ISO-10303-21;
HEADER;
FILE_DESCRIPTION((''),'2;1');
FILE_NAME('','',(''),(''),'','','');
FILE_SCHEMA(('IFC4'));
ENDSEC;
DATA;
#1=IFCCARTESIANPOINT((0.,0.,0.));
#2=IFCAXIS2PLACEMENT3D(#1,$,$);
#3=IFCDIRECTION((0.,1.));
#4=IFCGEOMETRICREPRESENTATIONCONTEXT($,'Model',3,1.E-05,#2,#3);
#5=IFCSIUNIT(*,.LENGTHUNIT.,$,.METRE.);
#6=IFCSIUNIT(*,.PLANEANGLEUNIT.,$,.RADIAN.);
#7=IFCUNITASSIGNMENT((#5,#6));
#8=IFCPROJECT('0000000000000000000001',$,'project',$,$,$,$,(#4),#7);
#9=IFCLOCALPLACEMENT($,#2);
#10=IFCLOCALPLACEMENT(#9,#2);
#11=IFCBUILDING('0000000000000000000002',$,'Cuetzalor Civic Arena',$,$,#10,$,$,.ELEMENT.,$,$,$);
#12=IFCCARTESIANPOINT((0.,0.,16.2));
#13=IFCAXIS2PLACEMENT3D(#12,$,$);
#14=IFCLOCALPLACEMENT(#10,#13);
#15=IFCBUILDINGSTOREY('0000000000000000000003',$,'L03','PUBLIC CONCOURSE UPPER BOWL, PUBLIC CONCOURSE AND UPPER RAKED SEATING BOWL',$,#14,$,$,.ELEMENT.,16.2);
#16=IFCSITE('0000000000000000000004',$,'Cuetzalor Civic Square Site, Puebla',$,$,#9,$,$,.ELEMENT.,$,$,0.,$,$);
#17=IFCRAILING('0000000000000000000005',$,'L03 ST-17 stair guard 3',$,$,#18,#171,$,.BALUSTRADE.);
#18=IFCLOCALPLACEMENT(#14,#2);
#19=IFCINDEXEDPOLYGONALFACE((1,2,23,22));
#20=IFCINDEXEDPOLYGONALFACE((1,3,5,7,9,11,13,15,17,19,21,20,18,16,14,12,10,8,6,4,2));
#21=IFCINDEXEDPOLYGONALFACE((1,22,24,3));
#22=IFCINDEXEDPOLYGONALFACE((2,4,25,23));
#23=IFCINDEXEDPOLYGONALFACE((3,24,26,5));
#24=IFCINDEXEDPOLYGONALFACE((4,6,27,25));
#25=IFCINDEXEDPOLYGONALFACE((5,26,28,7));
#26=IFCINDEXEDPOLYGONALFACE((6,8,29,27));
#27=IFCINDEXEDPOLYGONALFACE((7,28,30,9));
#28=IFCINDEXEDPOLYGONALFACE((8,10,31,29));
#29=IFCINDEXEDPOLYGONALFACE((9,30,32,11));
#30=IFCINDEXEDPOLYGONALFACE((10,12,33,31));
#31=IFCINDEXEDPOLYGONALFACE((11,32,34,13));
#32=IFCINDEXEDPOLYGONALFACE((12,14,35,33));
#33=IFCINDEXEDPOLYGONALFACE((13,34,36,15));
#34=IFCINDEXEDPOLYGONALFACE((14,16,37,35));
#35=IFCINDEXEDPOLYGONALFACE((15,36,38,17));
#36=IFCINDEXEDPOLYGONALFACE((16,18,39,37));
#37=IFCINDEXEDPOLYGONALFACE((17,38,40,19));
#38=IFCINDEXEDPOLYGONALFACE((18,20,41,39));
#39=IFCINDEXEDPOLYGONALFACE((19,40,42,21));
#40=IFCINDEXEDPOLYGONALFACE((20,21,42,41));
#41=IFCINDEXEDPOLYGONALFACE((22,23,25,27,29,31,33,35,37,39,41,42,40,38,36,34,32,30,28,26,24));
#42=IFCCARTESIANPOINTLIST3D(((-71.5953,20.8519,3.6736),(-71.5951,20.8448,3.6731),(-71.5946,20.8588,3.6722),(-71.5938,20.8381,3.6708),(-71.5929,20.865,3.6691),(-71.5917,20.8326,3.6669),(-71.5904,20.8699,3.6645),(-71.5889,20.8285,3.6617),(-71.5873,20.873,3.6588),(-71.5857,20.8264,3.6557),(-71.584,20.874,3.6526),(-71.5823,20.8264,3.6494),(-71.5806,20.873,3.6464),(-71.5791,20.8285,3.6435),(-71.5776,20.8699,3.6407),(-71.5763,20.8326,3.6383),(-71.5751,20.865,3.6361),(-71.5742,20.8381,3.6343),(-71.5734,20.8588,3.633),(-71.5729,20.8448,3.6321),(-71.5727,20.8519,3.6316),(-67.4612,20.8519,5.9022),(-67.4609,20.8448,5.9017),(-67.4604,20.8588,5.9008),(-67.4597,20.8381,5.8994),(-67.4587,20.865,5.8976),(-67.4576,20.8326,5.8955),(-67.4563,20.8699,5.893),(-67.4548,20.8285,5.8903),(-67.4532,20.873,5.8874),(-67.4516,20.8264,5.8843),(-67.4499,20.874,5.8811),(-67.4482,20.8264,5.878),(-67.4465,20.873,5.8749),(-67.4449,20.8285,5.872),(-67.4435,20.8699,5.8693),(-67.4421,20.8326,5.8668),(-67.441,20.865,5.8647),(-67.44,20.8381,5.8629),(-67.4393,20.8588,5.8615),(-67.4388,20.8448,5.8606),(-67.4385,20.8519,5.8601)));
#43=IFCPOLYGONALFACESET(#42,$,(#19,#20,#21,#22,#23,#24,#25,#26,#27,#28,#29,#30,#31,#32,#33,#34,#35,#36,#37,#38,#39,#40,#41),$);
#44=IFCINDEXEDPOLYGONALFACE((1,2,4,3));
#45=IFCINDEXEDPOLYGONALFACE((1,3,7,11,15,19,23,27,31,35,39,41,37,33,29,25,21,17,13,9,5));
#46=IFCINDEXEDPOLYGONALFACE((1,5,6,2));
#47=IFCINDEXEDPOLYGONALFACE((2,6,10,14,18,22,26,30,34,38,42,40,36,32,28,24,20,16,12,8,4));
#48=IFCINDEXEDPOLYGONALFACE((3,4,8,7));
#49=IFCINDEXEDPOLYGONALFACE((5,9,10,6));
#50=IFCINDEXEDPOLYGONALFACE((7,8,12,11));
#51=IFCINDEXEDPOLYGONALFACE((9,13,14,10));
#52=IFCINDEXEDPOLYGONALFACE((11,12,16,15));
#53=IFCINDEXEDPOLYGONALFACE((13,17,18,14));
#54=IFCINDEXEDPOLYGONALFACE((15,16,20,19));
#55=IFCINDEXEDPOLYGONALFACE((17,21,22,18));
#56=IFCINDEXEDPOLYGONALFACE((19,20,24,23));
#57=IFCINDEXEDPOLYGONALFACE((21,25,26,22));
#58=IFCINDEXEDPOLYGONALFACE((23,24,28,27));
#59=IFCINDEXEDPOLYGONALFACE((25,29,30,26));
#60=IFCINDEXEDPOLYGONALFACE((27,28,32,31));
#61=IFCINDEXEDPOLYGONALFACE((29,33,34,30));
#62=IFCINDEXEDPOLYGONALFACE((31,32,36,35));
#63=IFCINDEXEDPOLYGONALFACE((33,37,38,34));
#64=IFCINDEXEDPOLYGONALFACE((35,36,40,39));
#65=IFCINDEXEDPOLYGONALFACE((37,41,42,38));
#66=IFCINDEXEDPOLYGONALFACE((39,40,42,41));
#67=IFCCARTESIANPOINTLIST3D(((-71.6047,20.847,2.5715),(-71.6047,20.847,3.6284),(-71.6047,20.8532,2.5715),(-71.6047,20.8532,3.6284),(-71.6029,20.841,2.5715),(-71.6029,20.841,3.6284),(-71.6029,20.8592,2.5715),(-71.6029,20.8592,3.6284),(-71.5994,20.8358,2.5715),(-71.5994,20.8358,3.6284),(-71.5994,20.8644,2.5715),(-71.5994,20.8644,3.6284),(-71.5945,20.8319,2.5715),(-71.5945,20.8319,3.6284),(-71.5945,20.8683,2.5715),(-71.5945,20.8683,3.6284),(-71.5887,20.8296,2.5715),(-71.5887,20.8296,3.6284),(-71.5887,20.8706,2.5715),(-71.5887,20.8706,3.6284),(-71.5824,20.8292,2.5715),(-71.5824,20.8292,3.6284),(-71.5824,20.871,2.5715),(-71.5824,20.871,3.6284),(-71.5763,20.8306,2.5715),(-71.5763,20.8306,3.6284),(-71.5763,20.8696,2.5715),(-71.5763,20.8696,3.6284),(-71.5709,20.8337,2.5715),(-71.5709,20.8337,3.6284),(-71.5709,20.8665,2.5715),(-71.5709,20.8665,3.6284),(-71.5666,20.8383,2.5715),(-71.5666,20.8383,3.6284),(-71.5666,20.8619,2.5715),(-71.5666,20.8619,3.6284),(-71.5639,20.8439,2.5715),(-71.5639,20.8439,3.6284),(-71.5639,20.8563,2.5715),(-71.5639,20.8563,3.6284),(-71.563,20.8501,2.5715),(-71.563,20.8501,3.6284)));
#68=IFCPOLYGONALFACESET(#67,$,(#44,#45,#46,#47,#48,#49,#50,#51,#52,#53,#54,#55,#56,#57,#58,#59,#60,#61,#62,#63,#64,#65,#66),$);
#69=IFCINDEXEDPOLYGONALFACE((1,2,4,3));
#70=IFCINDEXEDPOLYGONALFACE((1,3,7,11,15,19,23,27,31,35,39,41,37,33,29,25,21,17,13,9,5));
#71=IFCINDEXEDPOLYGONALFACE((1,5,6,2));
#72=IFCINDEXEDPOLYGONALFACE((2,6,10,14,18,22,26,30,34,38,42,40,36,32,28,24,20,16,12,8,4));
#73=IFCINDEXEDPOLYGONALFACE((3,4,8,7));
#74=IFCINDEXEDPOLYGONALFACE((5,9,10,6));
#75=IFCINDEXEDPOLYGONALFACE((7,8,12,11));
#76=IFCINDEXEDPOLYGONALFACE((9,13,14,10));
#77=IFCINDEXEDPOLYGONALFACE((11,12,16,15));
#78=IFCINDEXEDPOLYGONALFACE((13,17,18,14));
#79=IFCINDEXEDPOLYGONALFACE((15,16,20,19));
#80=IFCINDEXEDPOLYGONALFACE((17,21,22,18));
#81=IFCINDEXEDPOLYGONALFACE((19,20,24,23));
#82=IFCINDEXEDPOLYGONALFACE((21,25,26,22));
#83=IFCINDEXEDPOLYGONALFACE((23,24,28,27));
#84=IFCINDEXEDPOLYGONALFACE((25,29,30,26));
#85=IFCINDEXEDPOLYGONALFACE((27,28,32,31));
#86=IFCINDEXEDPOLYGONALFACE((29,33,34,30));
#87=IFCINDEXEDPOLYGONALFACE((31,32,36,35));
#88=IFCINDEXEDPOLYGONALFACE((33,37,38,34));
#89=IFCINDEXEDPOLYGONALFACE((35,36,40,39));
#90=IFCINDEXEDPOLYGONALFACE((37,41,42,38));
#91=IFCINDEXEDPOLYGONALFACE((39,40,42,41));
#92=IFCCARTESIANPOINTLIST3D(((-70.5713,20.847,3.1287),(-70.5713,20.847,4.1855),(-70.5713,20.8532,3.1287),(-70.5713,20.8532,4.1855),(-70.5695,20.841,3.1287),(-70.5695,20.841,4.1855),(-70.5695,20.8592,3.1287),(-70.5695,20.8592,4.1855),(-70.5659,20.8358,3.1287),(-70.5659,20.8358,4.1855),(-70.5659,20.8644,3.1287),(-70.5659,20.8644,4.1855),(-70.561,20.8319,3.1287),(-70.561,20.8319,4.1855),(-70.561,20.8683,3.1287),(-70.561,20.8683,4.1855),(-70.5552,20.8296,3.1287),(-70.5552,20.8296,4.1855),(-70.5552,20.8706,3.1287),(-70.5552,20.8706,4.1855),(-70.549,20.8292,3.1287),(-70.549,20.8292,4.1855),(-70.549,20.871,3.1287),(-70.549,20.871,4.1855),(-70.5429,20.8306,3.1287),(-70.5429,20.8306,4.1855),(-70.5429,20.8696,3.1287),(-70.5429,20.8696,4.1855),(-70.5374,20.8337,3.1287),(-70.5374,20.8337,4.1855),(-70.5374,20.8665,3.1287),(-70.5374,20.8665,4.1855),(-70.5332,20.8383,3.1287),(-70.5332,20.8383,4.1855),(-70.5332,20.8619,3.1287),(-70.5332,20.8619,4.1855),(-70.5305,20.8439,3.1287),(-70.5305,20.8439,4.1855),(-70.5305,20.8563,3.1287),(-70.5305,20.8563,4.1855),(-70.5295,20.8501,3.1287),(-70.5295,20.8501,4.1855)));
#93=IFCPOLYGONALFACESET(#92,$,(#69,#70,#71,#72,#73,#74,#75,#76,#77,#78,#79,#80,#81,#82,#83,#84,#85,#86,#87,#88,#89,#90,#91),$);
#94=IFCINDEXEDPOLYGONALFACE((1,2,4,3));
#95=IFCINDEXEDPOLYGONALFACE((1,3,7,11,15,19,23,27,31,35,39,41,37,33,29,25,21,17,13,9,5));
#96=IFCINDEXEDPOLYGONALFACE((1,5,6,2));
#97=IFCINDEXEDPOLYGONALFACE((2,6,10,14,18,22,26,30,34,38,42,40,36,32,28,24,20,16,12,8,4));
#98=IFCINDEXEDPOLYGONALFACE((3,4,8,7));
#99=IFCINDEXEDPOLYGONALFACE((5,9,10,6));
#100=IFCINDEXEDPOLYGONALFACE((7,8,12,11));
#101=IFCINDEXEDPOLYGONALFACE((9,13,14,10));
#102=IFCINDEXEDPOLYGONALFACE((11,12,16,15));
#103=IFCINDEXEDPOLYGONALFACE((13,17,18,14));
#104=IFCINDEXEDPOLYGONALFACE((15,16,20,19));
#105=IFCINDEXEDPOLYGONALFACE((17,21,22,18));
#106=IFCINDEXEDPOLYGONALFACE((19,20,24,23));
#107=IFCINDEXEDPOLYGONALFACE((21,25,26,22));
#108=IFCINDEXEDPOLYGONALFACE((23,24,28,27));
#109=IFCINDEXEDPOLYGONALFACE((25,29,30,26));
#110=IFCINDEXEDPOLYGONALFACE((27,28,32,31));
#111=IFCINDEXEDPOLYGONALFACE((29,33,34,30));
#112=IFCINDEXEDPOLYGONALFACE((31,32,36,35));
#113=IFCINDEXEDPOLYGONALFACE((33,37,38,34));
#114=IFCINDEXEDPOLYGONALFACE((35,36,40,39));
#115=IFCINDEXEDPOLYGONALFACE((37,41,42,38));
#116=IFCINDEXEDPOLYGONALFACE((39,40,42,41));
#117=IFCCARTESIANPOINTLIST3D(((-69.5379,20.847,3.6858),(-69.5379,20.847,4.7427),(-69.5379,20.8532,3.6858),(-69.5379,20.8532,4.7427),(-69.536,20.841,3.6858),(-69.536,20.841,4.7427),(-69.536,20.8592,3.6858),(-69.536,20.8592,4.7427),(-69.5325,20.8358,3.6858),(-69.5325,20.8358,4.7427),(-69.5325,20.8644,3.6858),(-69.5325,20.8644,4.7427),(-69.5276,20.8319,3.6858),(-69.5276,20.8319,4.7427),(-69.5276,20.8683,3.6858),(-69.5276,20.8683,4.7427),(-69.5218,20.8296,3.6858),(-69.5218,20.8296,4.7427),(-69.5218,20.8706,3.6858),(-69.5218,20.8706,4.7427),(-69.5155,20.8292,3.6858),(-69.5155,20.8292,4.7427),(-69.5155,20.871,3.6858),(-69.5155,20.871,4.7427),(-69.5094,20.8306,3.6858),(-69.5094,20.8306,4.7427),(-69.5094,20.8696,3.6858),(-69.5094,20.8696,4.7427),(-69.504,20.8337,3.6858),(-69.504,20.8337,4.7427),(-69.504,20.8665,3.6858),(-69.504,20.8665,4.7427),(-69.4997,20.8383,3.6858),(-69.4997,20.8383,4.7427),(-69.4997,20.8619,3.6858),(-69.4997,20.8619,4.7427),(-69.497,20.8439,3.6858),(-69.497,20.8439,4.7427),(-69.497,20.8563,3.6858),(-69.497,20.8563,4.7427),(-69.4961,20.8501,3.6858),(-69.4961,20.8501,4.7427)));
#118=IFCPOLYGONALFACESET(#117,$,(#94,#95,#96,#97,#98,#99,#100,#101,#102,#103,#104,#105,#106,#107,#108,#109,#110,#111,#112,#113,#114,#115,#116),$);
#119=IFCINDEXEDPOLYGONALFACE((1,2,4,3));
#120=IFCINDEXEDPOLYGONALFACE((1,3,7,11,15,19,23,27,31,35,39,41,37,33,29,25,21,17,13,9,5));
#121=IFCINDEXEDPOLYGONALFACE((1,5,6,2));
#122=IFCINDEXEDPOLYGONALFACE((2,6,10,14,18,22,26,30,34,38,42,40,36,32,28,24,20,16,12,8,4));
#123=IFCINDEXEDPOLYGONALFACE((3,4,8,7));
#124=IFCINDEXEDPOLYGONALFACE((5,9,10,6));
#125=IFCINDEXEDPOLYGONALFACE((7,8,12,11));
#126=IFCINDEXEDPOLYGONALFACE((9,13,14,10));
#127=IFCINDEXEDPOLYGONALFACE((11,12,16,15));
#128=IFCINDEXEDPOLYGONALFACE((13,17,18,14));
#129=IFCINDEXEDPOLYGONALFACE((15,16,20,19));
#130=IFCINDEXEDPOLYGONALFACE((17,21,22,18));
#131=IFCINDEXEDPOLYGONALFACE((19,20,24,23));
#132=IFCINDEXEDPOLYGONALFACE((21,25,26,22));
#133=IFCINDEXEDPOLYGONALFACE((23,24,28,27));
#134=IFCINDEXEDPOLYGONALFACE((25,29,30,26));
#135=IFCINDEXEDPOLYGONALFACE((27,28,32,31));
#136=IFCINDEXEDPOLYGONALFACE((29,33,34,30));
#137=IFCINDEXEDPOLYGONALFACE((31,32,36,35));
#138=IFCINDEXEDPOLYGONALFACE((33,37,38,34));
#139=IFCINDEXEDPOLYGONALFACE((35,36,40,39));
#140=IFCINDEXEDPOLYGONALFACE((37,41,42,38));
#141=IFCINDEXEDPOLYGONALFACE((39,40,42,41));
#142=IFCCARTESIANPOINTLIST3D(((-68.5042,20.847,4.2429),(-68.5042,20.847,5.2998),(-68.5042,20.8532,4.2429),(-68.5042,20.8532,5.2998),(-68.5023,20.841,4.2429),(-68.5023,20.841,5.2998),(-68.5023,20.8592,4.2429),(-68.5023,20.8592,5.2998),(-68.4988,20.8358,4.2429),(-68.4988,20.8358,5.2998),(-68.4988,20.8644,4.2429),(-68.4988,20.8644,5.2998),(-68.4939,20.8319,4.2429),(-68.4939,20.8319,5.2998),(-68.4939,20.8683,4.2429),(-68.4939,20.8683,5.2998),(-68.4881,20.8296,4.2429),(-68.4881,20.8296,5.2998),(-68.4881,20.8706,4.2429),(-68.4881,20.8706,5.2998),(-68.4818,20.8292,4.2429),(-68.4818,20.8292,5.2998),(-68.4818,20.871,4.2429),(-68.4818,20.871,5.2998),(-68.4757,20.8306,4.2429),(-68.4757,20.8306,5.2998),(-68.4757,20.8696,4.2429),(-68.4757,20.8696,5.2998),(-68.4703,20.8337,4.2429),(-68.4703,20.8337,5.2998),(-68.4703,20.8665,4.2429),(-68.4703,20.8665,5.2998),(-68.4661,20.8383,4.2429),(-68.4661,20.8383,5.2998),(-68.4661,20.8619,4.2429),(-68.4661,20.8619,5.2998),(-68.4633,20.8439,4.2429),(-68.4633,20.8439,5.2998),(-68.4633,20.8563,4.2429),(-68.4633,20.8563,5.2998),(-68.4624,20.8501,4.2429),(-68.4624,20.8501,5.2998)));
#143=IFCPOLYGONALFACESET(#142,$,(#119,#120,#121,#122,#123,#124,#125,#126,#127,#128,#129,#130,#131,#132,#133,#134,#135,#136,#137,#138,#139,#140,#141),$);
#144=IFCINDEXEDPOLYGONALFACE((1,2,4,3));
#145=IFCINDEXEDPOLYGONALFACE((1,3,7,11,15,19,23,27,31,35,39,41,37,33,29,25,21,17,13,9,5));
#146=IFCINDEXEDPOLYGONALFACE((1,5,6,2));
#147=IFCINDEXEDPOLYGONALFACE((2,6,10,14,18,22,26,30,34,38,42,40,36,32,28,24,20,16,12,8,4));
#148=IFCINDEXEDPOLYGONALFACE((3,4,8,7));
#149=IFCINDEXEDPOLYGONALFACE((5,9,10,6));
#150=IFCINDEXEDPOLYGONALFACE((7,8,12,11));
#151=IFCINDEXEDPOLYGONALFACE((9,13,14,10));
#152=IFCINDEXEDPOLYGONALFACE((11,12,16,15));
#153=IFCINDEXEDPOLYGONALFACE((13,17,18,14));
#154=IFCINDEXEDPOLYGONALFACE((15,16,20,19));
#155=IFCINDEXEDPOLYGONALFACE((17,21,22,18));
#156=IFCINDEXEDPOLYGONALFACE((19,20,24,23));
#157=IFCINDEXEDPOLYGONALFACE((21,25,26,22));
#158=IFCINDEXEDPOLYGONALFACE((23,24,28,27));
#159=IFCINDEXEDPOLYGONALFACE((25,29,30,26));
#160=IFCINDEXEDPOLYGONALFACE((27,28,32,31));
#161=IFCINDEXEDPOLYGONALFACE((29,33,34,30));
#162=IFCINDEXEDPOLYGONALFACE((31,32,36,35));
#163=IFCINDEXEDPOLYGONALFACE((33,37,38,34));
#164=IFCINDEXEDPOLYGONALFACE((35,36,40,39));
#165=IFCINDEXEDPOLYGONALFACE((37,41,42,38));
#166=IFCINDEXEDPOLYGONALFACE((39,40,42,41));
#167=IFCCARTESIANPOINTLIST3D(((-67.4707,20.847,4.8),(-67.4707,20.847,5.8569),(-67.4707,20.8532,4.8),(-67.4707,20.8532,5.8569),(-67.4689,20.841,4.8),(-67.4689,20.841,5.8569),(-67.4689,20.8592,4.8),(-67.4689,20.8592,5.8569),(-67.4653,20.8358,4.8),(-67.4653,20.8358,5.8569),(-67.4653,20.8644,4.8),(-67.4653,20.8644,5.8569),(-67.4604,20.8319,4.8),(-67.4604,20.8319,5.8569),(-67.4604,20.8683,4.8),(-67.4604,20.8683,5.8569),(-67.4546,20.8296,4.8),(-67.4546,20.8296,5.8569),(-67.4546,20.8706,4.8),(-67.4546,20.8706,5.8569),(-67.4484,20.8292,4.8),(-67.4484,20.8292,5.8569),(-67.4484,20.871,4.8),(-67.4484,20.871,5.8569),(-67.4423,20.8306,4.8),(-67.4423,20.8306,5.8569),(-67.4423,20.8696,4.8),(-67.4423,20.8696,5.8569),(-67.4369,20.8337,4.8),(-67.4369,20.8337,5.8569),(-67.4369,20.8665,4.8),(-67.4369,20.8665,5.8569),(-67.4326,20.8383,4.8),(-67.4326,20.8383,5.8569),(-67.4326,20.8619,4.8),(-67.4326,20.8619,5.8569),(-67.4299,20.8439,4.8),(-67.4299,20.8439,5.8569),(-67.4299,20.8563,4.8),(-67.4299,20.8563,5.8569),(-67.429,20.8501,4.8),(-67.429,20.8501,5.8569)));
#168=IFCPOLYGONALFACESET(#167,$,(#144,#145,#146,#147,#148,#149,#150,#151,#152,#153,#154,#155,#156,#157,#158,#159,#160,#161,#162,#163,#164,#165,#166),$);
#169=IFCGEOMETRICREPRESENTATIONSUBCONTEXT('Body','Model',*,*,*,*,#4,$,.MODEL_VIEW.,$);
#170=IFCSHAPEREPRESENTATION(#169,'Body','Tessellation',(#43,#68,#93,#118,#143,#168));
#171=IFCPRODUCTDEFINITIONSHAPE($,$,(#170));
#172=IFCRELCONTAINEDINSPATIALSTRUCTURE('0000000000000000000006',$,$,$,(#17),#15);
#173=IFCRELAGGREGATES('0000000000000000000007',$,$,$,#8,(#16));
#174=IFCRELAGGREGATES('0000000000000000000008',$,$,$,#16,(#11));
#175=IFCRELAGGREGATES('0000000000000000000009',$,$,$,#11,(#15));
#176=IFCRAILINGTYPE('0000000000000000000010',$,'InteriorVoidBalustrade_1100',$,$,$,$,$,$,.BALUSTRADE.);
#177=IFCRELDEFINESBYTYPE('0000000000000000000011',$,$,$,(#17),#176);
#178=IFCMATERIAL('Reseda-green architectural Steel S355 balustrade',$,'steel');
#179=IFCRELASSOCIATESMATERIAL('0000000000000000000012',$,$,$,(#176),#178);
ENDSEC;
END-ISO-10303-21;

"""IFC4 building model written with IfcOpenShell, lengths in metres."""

from ifc_helpers import new_model, si_unit, direction, frame, origin, origin_2d, place, context, subcontext, project, spatial, circle, extrude, material, type_object, element, save


model = new_model("IFC4")

# Units and contexts
model_context = context("Model", 3, precision=1e-05, world=origin(), true_north=direction((0.0, 1.0)))
body_context = subcontext(model_context, "Body", "Model", "MODEL_VIEW")
ifc_project = project(units=[si_unit("LENGTHUNIT", "METRE"), si_unit("PLANEANGLEUNIT", "RADIAN")], contexts=[model_context])

# Site, building, storey
site_placement = place(None, origin())
site = spatial("IfcSite", under=ifc_project, at=site_placement, Name="Cuetzalor Civic Square Site, Puebla", CompositionType="ELEMENT", RefElevation=0.0)
building_placement = place(site_placement, origin())
building = spatial("IfcBuilding", under=site, at=building_placement, Name="Cuetzalor Civic Arena", CompositionType="ELEMENT")
storey_placement = place(building_placement, frame((0.0, 0.0, 16.2)))
storey = spatial("IfcBuildingStorey", under=building, at=storey_placement, Name="L03", Description="PUBLIC CONCOURSE UPPER BOWL, PUBLIC CONCOURSE AND UPPER RAKED SEATING BOWL", CompositionType="ELEMENT", Elevation=16.2)

# Railing
ifc_material_1 = material(Name="Reseda-green architectural Steel S355 balustrade", Category="steel")
railing_type_1 = type_object("IfcRailingType", Name="InteriorVoidBalustrade_1100", PredefinedType="BALUSTRADE", material=ifc_material_1)
railing_1_placement = place(storey_placement, frame((-71.584, 20.8501, 2.5715)))
element("IfcRailing", 1, at=railing_1_placement, inside=storey, type_object=railing_type_1, Name="L03 ST-17 stair guard 3", PredefinedType="BALUSTRADE", context=body_context, shape_type="SweptSolid", body=[
    extrude(circle(Radius=0.0239, at=origin_2d()), frame((0.0, 0.0, 1.0811), z_axis=(0.880249, 0.0, 0.474512), x_axis=(0.0, 1.0, 0.0)), (0.0, 0.0, 1.0), 4.6965),
    extrude(circle(Radius=0.021, at=origin_2d()), origin(), (0.0, 0.0, 1.0), 1.0569),
    extrude(circle(Radius=0.021, at=origin_2d()), frame((1.0334, 0.0, 0.5571)), (0.0, 0.0, 1.0), 1.0569),
    extrude(circle(Radius=0.021, at=origin_2d()), frame((2.0669, 0.0, 1.1143)), (0.0, 0.0, 1.0), 1.0569),
    extrude(circle(Radius=0.021, at=origin_2d()), frame((3.1006, 0.0, 1.6714)), (0.0, 0.0, 1.0), 1.0569),
    extrude(circle(Radius=0.021, at=origin_2d()), frame((4.134, 0.0, 2.2285)), (0.0, 0.0, 1.0), 1.0569),
])

save(model, "model.ifc")
